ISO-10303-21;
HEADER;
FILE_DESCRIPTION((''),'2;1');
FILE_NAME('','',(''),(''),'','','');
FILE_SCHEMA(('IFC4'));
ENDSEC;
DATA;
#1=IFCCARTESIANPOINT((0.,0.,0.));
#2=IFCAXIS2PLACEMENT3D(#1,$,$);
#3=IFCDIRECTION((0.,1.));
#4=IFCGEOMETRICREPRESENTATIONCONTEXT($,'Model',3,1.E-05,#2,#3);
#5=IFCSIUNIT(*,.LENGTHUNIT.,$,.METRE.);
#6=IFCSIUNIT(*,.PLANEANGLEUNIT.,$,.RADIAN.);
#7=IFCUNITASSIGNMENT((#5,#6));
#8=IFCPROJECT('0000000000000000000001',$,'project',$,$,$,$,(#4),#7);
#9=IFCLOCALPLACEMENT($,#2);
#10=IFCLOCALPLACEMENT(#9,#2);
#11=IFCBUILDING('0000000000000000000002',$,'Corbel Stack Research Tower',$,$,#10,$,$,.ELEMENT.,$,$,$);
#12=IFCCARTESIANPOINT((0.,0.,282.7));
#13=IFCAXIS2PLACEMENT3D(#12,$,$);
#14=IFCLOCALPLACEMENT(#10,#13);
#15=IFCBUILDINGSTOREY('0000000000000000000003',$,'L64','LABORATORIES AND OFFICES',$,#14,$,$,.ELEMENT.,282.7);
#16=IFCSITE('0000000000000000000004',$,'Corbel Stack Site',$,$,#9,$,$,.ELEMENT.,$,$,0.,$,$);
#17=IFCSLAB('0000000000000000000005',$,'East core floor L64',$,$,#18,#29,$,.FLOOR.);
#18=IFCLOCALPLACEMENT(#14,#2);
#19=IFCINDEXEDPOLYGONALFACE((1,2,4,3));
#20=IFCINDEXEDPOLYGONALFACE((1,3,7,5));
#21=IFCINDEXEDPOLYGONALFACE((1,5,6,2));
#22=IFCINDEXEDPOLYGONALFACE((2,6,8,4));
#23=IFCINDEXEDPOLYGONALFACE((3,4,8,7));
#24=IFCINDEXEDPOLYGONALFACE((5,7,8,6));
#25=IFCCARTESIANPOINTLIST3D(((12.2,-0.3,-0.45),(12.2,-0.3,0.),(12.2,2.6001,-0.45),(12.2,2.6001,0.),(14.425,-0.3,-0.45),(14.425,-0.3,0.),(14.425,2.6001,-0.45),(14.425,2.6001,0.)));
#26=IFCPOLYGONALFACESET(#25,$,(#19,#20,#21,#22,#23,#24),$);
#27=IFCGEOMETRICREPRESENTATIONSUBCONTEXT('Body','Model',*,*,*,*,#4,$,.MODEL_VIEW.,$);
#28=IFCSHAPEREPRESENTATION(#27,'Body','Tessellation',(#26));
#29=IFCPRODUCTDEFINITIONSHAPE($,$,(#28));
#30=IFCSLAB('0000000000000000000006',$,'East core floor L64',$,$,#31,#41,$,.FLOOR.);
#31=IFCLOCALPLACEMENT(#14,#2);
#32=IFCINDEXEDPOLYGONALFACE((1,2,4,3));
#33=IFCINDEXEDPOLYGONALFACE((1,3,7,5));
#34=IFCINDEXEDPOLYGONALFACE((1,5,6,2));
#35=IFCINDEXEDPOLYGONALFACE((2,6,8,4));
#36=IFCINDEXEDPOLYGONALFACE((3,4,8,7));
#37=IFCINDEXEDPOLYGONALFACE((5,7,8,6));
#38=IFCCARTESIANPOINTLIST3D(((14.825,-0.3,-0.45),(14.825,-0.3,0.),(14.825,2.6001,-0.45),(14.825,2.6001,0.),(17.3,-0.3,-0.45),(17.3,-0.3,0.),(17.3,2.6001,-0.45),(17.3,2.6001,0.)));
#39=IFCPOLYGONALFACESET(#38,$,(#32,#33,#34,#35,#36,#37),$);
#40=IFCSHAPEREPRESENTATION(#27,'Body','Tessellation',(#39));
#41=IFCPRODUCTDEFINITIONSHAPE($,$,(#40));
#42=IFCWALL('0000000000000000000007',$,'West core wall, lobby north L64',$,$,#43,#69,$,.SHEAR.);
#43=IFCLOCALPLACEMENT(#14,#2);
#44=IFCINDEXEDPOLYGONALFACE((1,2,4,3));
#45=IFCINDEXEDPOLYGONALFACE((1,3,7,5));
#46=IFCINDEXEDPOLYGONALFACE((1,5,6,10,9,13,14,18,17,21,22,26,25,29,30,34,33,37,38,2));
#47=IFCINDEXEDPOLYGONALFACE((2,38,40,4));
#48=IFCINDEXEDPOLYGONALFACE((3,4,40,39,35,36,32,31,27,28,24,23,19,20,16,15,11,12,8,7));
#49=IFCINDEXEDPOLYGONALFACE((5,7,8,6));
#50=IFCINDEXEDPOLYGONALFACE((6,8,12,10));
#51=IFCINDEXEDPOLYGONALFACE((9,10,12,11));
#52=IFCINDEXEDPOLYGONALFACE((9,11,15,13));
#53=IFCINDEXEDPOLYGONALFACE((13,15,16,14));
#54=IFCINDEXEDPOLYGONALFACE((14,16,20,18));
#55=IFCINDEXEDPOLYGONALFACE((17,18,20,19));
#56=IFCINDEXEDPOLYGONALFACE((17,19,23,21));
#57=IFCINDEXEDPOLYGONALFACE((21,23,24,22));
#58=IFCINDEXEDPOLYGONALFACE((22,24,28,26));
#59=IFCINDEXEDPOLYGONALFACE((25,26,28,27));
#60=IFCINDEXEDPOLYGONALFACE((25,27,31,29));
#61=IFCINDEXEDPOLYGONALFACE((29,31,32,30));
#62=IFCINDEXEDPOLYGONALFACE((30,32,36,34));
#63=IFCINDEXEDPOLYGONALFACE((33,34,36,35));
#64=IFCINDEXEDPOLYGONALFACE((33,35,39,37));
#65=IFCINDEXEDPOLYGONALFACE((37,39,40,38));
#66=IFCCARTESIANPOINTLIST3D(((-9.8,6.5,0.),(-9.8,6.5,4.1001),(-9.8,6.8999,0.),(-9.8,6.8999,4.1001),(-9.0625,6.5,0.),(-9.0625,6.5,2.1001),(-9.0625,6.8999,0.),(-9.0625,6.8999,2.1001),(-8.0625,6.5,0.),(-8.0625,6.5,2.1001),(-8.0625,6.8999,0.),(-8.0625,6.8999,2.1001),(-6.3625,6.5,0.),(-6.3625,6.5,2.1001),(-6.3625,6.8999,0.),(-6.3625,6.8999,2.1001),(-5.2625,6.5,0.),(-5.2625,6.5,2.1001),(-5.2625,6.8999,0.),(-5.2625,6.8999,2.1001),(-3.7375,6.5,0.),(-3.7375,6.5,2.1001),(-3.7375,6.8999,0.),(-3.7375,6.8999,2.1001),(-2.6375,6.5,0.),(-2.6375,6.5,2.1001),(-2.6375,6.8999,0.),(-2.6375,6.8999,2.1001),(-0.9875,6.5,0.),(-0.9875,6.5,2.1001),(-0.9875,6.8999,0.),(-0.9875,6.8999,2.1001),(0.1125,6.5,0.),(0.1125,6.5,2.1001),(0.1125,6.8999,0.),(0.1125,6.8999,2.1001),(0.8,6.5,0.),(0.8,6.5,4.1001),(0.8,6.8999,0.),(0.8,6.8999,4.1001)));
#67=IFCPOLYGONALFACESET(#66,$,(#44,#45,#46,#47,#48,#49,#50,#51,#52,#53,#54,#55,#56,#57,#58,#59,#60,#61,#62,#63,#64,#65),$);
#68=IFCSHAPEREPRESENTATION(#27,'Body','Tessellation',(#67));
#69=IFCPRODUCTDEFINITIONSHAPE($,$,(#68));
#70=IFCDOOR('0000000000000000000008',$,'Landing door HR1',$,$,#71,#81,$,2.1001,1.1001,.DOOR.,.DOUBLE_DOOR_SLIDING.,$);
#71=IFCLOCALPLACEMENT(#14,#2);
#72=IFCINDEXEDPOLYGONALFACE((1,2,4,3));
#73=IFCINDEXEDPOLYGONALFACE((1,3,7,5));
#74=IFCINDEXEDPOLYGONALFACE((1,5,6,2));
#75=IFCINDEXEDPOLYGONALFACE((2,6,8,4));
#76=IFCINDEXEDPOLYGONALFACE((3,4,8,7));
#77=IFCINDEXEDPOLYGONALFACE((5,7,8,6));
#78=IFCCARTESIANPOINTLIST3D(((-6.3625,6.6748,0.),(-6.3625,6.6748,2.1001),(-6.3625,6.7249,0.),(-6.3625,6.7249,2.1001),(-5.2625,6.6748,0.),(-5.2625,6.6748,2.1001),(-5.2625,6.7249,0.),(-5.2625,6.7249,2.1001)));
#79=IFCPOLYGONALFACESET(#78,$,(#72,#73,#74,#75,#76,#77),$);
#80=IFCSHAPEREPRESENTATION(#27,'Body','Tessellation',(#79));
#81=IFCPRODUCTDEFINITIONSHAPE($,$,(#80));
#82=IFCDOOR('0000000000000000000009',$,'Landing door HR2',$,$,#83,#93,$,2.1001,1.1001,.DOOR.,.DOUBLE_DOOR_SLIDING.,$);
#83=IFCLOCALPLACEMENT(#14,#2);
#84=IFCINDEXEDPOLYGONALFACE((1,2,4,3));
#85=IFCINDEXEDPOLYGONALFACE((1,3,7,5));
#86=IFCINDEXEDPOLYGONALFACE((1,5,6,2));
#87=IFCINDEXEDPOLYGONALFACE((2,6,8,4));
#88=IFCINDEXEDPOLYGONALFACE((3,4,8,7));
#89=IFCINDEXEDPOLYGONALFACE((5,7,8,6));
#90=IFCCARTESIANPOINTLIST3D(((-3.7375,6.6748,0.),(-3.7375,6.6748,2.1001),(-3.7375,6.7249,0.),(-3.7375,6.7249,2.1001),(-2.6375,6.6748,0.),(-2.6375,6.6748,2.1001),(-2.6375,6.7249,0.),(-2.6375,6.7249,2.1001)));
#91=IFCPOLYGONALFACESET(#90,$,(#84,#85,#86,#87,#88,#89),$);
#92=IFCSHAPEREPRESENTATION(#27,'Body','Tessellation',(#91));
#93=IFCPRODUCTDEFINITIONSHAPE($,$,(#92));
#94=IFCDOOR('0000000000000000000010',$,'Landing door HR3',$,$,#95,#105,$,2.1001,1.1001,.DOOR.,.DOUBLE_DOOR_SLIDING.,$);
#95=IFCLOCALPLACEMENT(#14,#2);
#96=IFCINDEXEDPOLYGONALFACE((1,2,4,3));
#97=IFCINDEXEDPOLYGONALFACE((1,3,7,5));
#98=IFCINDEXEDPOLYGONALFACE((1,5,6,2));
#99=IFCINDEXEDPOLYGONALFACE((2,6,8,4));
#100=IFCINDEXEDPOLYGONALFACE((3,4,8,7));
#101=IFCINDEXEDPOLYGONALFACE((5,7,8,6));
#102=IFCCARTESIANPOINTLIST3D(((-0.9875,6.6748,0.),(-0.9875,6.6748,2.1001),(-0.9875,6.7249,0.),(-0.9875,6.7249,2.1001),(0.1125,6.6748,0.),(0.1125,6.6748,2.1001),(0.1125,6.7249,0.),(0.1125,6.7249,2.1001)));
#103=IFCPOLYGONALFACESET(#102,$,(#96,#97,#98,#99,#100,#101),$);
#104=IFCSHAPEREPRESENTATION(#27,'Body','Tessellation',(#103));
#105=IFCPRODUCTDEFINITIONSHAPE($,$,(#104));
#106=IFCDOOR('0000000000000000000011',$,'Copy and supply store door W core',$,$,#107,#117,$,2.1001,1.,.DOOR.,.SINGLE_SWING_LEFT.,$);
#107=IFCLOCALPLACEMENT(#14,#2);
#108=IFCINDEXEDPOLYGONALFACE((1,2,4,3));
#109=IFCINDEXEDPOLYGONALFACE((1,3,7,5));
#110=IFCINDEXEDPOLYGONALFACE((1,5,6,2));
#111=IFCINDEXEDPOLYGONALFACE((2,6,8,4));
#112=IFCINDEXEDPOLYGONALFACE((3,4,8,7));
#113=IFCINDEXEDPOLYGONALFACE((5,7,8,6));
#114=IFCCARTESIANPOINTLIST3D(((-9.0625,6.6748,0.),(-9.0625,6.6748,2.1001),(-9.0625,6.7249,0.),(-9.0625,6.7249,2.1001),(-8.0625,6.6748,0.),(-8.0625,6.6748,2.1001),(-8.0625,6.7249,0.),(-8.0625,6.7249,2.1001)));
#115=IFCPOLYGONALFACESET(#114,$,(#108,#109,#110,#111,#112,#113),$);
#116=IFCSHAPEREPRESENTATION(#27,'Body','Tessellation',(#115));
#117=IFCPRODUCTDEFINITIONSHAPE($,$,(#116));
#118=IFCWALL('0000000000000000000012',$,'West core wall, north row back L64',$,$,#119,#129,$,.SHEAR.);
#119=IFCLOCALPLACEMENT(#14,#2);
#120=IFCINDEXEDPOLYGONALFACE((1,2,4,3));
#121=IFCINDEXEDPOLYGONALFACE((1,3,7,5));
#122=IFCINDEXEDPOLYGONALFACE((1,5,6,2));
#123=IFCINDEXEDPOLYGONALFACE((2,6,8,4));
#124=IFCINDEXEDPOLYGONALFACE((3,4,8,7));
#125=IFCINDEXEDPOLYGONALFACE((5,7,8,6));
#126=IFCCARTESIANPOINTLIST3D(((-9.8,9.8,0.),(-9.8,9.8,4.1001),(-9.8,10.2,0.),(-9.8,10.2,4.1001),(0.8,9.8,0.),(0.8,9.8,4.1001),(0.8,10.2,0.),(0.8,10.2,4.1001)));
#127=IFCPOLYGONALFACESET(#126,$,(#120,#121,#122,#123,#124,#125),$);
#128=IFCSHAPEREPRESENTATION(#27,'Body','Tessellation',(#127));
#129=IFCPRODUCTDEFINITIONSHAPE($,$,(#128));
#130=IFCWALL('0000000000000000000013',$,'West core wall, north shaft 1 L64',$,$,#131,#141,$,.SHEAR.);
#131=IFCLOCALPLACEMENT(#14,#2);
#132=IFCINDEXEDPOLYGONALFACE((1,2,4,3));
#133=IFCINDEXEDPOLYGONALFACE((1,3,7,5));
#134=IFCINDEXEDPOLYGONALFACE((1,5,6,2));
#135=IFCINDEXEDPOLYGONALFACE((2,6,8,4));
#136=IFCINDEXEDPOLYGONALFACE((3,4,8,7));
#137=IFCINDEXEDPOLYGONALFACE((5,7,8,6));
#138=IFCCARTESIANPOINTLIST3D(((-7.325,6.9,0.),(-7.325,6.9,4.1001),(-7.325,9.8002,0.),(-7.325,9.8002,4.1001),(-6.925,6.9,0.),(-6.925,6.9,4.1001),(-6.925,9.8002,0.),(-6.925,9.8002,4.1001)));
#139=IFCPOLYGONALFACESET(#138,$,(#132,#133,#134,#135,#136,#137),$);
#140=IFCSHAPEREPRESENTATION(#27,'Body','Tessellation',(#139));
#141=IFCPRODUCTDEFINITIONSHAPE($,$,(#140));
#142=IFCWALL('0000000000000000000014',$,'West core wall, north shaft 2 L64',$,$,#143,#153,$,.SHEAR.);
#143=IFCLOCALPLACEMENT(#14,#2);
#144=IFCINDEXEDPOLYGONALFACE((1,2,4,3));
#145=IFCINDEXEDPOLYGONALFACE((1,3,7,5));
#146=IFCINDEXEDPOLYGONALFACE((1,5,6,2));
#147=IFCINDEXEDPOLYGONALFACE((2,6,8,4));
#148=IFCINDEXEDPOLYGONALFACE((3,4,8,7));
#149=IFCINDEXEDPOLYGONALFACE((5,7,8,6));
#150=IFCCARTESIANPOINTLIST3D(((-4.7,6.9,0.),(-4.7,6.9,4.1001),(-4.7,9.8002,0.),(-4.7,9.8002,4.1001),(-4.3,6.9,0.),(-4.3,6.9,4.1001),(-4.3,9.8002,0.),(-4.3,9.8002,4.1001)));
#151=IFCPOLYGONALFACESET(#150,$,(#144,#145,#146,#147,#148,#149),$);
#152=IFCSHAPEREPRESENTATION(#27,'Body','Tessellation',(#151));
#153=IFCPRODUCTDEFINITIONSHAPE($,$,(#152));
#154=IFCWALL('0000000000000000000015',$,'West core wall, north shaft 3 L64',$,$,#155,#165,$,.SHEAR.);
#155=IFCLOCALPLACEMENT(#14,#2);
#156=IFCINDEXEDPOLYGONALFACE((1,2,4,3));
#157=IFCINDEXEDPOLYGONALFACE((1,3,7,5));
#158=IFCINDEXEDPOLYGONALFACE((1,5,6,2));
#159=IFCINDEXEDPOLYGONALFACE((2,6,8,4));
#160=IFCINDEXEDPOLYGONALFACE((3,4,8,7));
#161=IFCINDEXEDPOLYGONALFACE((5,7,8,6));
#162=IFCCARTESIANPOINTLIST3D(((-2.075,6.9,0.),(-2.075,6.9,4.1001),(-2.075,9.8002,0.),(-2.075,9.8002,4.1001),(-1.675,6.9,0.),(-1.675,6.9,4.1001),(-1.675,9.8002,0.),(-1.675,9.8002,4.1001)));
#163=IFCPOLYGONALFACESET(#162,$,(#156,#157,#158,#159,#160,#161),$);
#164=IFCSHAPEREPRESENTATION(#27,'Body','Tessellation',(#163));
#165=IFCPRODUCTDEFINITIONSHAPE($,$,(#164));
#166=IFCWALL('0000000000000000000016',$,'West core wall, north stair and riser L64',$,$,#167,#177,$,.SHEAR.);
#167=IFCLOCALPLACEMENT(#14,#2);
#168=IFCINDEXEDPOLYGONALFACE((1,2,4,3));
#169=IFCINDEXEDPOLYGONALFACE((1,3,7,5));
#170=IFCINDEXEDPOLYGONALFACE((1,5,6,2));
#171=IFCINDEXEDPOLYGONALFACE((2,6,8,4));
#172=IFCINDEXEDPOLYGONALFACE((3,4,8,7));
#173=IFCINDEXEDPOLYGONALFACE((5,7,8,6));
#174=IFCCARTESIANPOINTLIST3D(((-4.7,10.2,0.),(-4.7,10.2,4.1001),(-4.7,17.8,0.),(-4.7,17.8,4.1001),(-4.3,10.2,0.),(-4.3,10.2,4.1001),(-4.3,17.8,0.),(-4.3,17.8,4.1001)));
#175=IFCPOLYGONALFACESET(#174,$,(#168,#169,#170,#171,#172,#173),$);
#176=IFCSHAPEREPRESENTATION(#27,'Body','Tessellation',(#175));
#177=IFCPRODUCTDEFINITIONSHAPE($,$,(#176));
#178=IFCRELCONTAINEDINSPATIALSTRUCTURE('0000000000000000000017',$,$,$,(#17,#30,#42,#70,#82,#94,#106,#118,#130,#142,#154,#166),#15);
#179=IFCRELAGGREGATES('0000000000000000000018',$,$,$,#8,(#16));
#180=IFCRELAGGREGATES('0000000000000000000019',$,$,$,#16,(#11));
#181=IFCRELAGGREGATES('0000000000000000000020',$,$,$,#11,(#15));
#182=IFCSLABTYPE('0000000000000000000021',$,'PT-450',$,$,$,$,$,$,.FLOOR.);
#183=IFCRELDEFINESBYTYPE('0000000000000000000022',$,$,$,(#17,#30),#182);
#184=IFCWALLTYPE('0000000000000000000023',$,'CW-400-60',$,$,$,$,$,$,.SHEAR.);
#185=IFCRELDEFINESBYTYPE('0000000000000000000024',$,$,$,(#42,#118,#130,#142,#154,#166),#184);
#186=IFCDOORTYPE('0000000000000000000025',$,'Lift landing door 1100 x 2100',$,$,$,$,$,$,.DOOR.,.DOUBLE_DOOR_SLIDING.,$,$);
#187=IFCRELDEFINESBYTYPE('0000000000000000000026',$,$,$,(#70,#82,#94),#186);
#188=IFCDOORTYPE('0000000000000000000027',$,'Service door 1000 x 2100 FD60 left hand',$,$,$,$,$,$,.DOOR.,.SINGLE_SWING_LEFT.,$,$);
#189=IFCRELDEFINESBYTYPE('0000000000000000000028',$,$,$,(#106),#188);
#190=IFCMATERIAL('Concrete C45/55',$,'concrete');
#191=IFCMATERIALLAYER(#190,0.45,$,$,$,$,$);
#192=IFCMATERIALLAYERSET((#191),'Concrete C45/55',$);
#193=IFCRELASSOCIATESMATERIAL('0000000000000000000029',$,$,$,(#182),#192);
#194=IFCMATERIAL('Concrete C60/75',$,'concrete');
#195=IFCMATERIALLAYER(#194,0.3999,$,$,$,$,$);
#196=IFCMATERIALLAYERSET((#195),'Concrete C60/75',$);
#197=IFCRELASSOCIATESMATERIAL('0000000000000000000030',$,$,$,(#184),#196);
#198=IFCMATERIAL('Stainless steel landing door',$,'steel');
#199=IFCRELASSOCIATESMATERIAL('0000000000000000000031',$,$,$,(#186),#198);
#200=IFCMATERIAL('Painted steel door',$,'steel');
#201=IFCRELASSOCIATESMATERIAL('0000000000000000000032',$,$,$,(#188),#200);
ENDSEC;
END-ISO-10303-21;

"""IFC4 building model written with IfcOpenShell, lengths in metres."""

from ifc_helpers import new_model, si_unit, direction, frame, frame_2d, origin, place, context, subcontext, project, spatial, polyline, rectangle, outline, extrude, material, layer, layer_set, type_object, element, fill, save


model = new_model("IFC4")

# Units and contexts
model_context = context("Model", 3, precision=1e-05, world=origin(), true_north=direction((0.0, 1.0)))
body_context = subcontext(model_context, "Body", "Model", "MODEL_VIEW")
ifc_project = project(units=[si_unit("LENGTHUNIT", "METRE"), si_unit("PLANEANGLEUNIT", "RADIAN")], contexts=[model_context])

# Site, building, storey
site_placement = place(None, origin())
site = spatial("IfcSite", under=ifc_project, at=site_placement, Name="Corbel Stack Site", CompositionType="ELEMENT", RefElevation=0.0)
building_placement = place(site_placement, origin())
building = spatial("IfcBuilding", under=site, at=building_placement, Name="Corbel Stack Research Tower", CompositionType="ELEMENT")
storey_placement = place(building_placement, frame((0.0, 0.0, 282.7)))
storey = spatial("IfcBuildingStorey", under=building, at=storey_placement, Name="L64", Description="LABORATORIES AND OFFICES", CompositionType="ELEMENT", Elevation=282.7)

# Slabs
ifc_material_1 = material(Name="Concrete C45/55", Category="concrete")
ifc_layer_1 = layer(ifc_material_1, 0.45)
ifc_layer_set_1 = layer_set([ifc_layer_1], Name="Concrete C45/55")
slab_type = type_object("IfcSlabType", Name="PT-450", PredefinedType="FLOOR", material=ifc_layer_set_1)
slab_1_placement = place(storey_placement, frame((0.0, 0.0, -0.45)))
element("IfcSlab", 1, at=slab_1_placement, inside=storey, type_object=slab_type, Name="East core floor L64", PredefinedType="FLOOR", context=body_context, shape_type="SweptSolid", body=[
    extrude(outline(polyline([(12.2, 2.6001), (12.2, -0.3), (14.425, -0.3), (14.425, 2.6001), (12.2, 2.6001)])), origin(), (0.0, 0.0, 1.0), 0.45),
])
slab_2_placement = place(storey_placement, frame((0.0, 0.0, -0.45)))
element("IfcSlab", 2, at=slab_2_placement, inside=storey, type_object=slab_type, Name="East core floor L64", PredefinedType="FLOOR", context=body_context, shape_type="SweptSolid", body=[
    extrude(outline(polyline([(14.825, 2.6001), (14.825, -0.3), (17.3, -0.3), (17.3, 2.6001), (14.825, 2.6001)])), origin(), (0.0, 0.0, 1.0), 0.45),
])

# Wall, openings, doors
ifc_material_2 = material(Name="Concrete C60/75", Category="concrete")
ifc_layer_2 = layer(ifc_material_2, 0.3999)
ifc_layer_set_2 = layer_set([ifc_layer_2], Name="Concrete C60/75")
wall_type_1 = type_object("IfcWallType", Name="CW-400-60", PredefinedType="SHEAR", material=ifc_layer_set_2)
wall_1_placement = place(storey_placement, frame((-9.8, 6.7, 0.0), z_axis=(0.0, 0.0, 1.0), x_axis=(1.0, 0.0, 0.0)))
wall_1 = element("IfcWall", 3, at=wall_1_placement, inside=storey, type_object=wall_type_1, Name="West core wall, lobby north L64", PredefinedType="SHEAR", context=body_context, shape_type="SweptSolid", body=[
    extrude(rectangle(XDim=10.6001, YDim=0.3999, at=frame_2d((5.3, 0.0))), origin(), (0.0, 0.0, 1.0), 4.1001),
])
opening_1_placement = place(wall_1_placement, frame((3.4375, 0.0, 0.0)))
opening_1 = element("IfcOpeningElement", 4, at=opening_1_placement, cuts=wall_1, PredefinedType="OPENING", context=body_context, shape_type="SweptSolid", body=[
    extrude(rectangle(XDim=1.1001, YDim=2.1001, at=frame_2d((0.55, 1.05))), frame((0.0, 0.21, 0.0), z_axis=(0.0, -1.0, 0.0), x_axis=(1.0, 0.0, 0.0)), (0.0, 0.0, 1.0), 0.4199),
])
opening_2_placement = place(wall_1_placement, frame((6.0625, 0.0, 0.0)))
opening_2 = element("IfcOpeningElement", 5, at=opening_2_placement, cuts=wall_1, PredefinedType="OPENING", context=body_context, shape_type="SweptSolid", body=[
    extrude(rectangle(XDim=1.1001, YDim=2.1001, at=frame_2d((0.55, 1.05))), frame((0.0, 0.21, 0.0), z_axis=(0.0, -1.0, 0.0), x_axis=(1.0, 0.0, 0.0)), (0.0, 0.0, 1.0), 0.4199),
])
opening_3_placement = place(wall_1_placement, frame((8.8125, 0.0, 0.0)))
opening_3 = element("IfcOpeningElement", 6, at=opening_3_placement, cuts=wall_1, PredefinedType="OPENING", context=body_context, shape_type="SweptSolid", body=[
    extrude(rectangle(XDim=1.1001, YDim=2.1001, at=frame_2d((0.55, 1.05))), frame((0.0, 0.21, 0.0), z_axis=(0.0, -1.0, 0.0), x_axis=(1.0, 0.0, 0.0)), (0.0, 0.0, 1.0), 0.4199),
])
opening_4_placement = place(wall_1_placement, frame((0.7375, 0.0, 0.0)))
opening_4 = element("IfcOpeningElement", 7, at=opening_4_placement, cuts=wall_1, PredefinedType="OPENING", context=body_context, shape_type="SweptSolid", body=[
    extrude(rectangle(XDim=1.0, YDim=2.1001, at=frame_2d((0.5, 1.05))), frame((0.0, 0.21, 0.0), z_axis=(0.0, -1.0, 0.0), x_axis=(1.0, 0.0, 0.0)), (0.0, 0.0, 1.0), 0.4199),
])
ifc_material_3 = material(Name="Stainless steel landing door", Category="steel")
door_type_1 = type_object("IfcDoorType", Name="Lift landing door 1100 x 2100", OperationType="DOUBLE_DOOR_SLIDING", PredefinedType="DOOR", material=ifc_material_3)
door_1_placement = place(opening_1_placement, origin())
door_1 = element("IfcDoor", 8, at=door_1_placement, inside=storey, type_object=door_type_1, Name="Landing door HR1", OperationType="DOUBLE_DOOR_SLIDING", OverallHeight=2.1001, OverallWidth=1.1001, PredefinedType="DOOR", context=body_context, shape_type="SweptSolid", body=[
    extrude(rectangle(XDim=1.1001, YDim=2.1001, at=frame_2d((0.55, 1.05))), frame((0.0, 0.0249, 0.0), z_axis=(0.0, -1.0, 0.0), x_axis=(1.0, 0.0, 0.0)), (0.0, 0.0, 1.0), 0.05),
])
fill(opening_1, door_1)
door_2_placement = place(opening_2_placement, origin())
door_2 = element("IfcDoor", 9, at=door_2_placement, inside=storey, type_object=door_type_1, Name="Landing door HR2", OperationType="DOUBLE_DOOR_SLIDING", OverallHeight=2.1001, OverallWidth=1.1001, PredefinedType="DOOR", context=body_context, shape_type="SweptSolid", body=[
    extrude(rectangle(XDim=1.1001, YDim=2.1001, at=frame_2d((0.55, 1.05))), frame((0.0, 0.0249, 0.0), z_axis=(0.0, -1.0, 0.0), x_axis=(1.0, 0.0, 0.0)), (0.0, 0.0, 1.0), 0.05),
])
fill(opening_2, door_2)
door_3_placement = place(opening_3_placement, origin())
door_3 = element("IfcDoor", 10, at=door_3_placement, inside=storey, type_object=door_type_1, Name="Landing door HR3", OperationType="DOUBLE_DOOR_SLIDING", OverallHeight=2.1001, OverallWidth=1.1001, PredefinedType="DOOR", context=body_context, shape_type="SweptSolid", body=[
    extrude(rectangle(XDim=1.1001, YDim=2.1001, at=frame_2d((0.55, 1.05))), frame((0.0, 0.0249, 0.0), z_axis=(0.0, -1.0, 0.0), x_axis=(1.0, 0.0, 0.0)), (0.0, 0.0, 1.0), 0.05),
])
fill(opening_3, door_3)
ifc_material_4 = material(Name="Painted steel door", Category="steel")
door_type_2 = type_object("IfcDoorType", Name="Service door 1000 x 2100 FD60 left hand", OperationType="SINGLE_SWING_LEFT", PredefinedType="DOOR", material=ifc_material_4)
door_4_placement = place(opening_4_placement, origin())
door_4 = element("IfcDoor", 11, at=door_4_placement, inside=storey, type_object=door_type_2, Name="Copy and supply store door W core", OperationType="SINGLE_SWING_LEFT", OverallHeight=2.1001, OverallWidth=1.0, PredefinedType="DOOR", context=body_context, shape_type="SweptSolid", body=[
    extrude(rectangle(XDim=1.0, YDim=2.1001, at=frame_2d((0.5, 1.05))), frame((0.0, 0.0249, 0.0), z_axis=(0.0, -1.0, 0.0), x_axis=(1.0, 0.0, 0.0)), (0.0, 0.0, 1.0), 0.05),
])
fill(opening_4, door_4)

# Walls
wall_2_placement = place(storey_placement, frame((-9.8, 10.0, 0.0), z_axis=(0.0, 0.0, 1.0), x_axis=(1.0, 0.0, 0.0)))
element("IfcWall", 12, at=wall_2_placement, inside=storey, type_object=wall_type_1, Name="West core wall, north row back L64", PredefinedType="SHEAR", context=body_context, shape_type="SweptSolid", body=[
    extrude(rectangle(XDim=10.6001, YDim=0.3999, at=frame_2d((5.3, 0.0))), origin(), (0.0, 0.0, 1.0), 4.1001),
])
for number, where, z_axis, x_axis, name in (
    (13, (-7.125, 6.8999, 0.0), (0.0, 0.0, 1.0), (0.0, 1.0, 0.0), "West core wall, north shaft 1 L64"),
    (14, (-4.5, 6.8999, 0.0), (0.0, 0.0, 1.0), (0.0, 1.0, 0.0), "West core wall, north shaft 2 L64"),
    (15, (-1.875, 6.8999, 0.0), (0.0, 0.0, 1.0), (0.0, 1.0, 0.0), "West core wall, north shaft 3 L64"),
):
    element("IfcWall", number, at=place(storey_placement, frame(where, z_axis=z_axis, x_axis=x_axis)), inside=storey, type_object=wall_type_1, Name=name, PredefinedType="SHEAR", context=body_context, shape_type="SweptSolid", body=[
        extrude(rectangle(XDim=2.9001, YDim=0.3999, at=frame_2d((1.4502, 0.0))), origin(), (0.0, 0.0, 1.0), 4.1001),
    ])
wall_3_placement = place(storey_placement, frame((-4.5, 10.2, 0.0), z_axis=(0.0, 0.0, 1.0), x_axis=(0.0, 1.0, 0.0)))
element("IfcWall", 16, at=wall_3_placement, inside=storey, type_object=wall_type_1, Name="West core wall, north stair and riser L64", PredefinedType="SHEAR", context=body_context, shape_type="SweptSolid", body=[
    extrude(rectangle(XDim=7.6001, YDim=0.3999, at=frame_2d((3.8, 0.0))), origin(), (0.0, 0.0, 1.0), 4.1001),
])

save(model, "model.ifc")
